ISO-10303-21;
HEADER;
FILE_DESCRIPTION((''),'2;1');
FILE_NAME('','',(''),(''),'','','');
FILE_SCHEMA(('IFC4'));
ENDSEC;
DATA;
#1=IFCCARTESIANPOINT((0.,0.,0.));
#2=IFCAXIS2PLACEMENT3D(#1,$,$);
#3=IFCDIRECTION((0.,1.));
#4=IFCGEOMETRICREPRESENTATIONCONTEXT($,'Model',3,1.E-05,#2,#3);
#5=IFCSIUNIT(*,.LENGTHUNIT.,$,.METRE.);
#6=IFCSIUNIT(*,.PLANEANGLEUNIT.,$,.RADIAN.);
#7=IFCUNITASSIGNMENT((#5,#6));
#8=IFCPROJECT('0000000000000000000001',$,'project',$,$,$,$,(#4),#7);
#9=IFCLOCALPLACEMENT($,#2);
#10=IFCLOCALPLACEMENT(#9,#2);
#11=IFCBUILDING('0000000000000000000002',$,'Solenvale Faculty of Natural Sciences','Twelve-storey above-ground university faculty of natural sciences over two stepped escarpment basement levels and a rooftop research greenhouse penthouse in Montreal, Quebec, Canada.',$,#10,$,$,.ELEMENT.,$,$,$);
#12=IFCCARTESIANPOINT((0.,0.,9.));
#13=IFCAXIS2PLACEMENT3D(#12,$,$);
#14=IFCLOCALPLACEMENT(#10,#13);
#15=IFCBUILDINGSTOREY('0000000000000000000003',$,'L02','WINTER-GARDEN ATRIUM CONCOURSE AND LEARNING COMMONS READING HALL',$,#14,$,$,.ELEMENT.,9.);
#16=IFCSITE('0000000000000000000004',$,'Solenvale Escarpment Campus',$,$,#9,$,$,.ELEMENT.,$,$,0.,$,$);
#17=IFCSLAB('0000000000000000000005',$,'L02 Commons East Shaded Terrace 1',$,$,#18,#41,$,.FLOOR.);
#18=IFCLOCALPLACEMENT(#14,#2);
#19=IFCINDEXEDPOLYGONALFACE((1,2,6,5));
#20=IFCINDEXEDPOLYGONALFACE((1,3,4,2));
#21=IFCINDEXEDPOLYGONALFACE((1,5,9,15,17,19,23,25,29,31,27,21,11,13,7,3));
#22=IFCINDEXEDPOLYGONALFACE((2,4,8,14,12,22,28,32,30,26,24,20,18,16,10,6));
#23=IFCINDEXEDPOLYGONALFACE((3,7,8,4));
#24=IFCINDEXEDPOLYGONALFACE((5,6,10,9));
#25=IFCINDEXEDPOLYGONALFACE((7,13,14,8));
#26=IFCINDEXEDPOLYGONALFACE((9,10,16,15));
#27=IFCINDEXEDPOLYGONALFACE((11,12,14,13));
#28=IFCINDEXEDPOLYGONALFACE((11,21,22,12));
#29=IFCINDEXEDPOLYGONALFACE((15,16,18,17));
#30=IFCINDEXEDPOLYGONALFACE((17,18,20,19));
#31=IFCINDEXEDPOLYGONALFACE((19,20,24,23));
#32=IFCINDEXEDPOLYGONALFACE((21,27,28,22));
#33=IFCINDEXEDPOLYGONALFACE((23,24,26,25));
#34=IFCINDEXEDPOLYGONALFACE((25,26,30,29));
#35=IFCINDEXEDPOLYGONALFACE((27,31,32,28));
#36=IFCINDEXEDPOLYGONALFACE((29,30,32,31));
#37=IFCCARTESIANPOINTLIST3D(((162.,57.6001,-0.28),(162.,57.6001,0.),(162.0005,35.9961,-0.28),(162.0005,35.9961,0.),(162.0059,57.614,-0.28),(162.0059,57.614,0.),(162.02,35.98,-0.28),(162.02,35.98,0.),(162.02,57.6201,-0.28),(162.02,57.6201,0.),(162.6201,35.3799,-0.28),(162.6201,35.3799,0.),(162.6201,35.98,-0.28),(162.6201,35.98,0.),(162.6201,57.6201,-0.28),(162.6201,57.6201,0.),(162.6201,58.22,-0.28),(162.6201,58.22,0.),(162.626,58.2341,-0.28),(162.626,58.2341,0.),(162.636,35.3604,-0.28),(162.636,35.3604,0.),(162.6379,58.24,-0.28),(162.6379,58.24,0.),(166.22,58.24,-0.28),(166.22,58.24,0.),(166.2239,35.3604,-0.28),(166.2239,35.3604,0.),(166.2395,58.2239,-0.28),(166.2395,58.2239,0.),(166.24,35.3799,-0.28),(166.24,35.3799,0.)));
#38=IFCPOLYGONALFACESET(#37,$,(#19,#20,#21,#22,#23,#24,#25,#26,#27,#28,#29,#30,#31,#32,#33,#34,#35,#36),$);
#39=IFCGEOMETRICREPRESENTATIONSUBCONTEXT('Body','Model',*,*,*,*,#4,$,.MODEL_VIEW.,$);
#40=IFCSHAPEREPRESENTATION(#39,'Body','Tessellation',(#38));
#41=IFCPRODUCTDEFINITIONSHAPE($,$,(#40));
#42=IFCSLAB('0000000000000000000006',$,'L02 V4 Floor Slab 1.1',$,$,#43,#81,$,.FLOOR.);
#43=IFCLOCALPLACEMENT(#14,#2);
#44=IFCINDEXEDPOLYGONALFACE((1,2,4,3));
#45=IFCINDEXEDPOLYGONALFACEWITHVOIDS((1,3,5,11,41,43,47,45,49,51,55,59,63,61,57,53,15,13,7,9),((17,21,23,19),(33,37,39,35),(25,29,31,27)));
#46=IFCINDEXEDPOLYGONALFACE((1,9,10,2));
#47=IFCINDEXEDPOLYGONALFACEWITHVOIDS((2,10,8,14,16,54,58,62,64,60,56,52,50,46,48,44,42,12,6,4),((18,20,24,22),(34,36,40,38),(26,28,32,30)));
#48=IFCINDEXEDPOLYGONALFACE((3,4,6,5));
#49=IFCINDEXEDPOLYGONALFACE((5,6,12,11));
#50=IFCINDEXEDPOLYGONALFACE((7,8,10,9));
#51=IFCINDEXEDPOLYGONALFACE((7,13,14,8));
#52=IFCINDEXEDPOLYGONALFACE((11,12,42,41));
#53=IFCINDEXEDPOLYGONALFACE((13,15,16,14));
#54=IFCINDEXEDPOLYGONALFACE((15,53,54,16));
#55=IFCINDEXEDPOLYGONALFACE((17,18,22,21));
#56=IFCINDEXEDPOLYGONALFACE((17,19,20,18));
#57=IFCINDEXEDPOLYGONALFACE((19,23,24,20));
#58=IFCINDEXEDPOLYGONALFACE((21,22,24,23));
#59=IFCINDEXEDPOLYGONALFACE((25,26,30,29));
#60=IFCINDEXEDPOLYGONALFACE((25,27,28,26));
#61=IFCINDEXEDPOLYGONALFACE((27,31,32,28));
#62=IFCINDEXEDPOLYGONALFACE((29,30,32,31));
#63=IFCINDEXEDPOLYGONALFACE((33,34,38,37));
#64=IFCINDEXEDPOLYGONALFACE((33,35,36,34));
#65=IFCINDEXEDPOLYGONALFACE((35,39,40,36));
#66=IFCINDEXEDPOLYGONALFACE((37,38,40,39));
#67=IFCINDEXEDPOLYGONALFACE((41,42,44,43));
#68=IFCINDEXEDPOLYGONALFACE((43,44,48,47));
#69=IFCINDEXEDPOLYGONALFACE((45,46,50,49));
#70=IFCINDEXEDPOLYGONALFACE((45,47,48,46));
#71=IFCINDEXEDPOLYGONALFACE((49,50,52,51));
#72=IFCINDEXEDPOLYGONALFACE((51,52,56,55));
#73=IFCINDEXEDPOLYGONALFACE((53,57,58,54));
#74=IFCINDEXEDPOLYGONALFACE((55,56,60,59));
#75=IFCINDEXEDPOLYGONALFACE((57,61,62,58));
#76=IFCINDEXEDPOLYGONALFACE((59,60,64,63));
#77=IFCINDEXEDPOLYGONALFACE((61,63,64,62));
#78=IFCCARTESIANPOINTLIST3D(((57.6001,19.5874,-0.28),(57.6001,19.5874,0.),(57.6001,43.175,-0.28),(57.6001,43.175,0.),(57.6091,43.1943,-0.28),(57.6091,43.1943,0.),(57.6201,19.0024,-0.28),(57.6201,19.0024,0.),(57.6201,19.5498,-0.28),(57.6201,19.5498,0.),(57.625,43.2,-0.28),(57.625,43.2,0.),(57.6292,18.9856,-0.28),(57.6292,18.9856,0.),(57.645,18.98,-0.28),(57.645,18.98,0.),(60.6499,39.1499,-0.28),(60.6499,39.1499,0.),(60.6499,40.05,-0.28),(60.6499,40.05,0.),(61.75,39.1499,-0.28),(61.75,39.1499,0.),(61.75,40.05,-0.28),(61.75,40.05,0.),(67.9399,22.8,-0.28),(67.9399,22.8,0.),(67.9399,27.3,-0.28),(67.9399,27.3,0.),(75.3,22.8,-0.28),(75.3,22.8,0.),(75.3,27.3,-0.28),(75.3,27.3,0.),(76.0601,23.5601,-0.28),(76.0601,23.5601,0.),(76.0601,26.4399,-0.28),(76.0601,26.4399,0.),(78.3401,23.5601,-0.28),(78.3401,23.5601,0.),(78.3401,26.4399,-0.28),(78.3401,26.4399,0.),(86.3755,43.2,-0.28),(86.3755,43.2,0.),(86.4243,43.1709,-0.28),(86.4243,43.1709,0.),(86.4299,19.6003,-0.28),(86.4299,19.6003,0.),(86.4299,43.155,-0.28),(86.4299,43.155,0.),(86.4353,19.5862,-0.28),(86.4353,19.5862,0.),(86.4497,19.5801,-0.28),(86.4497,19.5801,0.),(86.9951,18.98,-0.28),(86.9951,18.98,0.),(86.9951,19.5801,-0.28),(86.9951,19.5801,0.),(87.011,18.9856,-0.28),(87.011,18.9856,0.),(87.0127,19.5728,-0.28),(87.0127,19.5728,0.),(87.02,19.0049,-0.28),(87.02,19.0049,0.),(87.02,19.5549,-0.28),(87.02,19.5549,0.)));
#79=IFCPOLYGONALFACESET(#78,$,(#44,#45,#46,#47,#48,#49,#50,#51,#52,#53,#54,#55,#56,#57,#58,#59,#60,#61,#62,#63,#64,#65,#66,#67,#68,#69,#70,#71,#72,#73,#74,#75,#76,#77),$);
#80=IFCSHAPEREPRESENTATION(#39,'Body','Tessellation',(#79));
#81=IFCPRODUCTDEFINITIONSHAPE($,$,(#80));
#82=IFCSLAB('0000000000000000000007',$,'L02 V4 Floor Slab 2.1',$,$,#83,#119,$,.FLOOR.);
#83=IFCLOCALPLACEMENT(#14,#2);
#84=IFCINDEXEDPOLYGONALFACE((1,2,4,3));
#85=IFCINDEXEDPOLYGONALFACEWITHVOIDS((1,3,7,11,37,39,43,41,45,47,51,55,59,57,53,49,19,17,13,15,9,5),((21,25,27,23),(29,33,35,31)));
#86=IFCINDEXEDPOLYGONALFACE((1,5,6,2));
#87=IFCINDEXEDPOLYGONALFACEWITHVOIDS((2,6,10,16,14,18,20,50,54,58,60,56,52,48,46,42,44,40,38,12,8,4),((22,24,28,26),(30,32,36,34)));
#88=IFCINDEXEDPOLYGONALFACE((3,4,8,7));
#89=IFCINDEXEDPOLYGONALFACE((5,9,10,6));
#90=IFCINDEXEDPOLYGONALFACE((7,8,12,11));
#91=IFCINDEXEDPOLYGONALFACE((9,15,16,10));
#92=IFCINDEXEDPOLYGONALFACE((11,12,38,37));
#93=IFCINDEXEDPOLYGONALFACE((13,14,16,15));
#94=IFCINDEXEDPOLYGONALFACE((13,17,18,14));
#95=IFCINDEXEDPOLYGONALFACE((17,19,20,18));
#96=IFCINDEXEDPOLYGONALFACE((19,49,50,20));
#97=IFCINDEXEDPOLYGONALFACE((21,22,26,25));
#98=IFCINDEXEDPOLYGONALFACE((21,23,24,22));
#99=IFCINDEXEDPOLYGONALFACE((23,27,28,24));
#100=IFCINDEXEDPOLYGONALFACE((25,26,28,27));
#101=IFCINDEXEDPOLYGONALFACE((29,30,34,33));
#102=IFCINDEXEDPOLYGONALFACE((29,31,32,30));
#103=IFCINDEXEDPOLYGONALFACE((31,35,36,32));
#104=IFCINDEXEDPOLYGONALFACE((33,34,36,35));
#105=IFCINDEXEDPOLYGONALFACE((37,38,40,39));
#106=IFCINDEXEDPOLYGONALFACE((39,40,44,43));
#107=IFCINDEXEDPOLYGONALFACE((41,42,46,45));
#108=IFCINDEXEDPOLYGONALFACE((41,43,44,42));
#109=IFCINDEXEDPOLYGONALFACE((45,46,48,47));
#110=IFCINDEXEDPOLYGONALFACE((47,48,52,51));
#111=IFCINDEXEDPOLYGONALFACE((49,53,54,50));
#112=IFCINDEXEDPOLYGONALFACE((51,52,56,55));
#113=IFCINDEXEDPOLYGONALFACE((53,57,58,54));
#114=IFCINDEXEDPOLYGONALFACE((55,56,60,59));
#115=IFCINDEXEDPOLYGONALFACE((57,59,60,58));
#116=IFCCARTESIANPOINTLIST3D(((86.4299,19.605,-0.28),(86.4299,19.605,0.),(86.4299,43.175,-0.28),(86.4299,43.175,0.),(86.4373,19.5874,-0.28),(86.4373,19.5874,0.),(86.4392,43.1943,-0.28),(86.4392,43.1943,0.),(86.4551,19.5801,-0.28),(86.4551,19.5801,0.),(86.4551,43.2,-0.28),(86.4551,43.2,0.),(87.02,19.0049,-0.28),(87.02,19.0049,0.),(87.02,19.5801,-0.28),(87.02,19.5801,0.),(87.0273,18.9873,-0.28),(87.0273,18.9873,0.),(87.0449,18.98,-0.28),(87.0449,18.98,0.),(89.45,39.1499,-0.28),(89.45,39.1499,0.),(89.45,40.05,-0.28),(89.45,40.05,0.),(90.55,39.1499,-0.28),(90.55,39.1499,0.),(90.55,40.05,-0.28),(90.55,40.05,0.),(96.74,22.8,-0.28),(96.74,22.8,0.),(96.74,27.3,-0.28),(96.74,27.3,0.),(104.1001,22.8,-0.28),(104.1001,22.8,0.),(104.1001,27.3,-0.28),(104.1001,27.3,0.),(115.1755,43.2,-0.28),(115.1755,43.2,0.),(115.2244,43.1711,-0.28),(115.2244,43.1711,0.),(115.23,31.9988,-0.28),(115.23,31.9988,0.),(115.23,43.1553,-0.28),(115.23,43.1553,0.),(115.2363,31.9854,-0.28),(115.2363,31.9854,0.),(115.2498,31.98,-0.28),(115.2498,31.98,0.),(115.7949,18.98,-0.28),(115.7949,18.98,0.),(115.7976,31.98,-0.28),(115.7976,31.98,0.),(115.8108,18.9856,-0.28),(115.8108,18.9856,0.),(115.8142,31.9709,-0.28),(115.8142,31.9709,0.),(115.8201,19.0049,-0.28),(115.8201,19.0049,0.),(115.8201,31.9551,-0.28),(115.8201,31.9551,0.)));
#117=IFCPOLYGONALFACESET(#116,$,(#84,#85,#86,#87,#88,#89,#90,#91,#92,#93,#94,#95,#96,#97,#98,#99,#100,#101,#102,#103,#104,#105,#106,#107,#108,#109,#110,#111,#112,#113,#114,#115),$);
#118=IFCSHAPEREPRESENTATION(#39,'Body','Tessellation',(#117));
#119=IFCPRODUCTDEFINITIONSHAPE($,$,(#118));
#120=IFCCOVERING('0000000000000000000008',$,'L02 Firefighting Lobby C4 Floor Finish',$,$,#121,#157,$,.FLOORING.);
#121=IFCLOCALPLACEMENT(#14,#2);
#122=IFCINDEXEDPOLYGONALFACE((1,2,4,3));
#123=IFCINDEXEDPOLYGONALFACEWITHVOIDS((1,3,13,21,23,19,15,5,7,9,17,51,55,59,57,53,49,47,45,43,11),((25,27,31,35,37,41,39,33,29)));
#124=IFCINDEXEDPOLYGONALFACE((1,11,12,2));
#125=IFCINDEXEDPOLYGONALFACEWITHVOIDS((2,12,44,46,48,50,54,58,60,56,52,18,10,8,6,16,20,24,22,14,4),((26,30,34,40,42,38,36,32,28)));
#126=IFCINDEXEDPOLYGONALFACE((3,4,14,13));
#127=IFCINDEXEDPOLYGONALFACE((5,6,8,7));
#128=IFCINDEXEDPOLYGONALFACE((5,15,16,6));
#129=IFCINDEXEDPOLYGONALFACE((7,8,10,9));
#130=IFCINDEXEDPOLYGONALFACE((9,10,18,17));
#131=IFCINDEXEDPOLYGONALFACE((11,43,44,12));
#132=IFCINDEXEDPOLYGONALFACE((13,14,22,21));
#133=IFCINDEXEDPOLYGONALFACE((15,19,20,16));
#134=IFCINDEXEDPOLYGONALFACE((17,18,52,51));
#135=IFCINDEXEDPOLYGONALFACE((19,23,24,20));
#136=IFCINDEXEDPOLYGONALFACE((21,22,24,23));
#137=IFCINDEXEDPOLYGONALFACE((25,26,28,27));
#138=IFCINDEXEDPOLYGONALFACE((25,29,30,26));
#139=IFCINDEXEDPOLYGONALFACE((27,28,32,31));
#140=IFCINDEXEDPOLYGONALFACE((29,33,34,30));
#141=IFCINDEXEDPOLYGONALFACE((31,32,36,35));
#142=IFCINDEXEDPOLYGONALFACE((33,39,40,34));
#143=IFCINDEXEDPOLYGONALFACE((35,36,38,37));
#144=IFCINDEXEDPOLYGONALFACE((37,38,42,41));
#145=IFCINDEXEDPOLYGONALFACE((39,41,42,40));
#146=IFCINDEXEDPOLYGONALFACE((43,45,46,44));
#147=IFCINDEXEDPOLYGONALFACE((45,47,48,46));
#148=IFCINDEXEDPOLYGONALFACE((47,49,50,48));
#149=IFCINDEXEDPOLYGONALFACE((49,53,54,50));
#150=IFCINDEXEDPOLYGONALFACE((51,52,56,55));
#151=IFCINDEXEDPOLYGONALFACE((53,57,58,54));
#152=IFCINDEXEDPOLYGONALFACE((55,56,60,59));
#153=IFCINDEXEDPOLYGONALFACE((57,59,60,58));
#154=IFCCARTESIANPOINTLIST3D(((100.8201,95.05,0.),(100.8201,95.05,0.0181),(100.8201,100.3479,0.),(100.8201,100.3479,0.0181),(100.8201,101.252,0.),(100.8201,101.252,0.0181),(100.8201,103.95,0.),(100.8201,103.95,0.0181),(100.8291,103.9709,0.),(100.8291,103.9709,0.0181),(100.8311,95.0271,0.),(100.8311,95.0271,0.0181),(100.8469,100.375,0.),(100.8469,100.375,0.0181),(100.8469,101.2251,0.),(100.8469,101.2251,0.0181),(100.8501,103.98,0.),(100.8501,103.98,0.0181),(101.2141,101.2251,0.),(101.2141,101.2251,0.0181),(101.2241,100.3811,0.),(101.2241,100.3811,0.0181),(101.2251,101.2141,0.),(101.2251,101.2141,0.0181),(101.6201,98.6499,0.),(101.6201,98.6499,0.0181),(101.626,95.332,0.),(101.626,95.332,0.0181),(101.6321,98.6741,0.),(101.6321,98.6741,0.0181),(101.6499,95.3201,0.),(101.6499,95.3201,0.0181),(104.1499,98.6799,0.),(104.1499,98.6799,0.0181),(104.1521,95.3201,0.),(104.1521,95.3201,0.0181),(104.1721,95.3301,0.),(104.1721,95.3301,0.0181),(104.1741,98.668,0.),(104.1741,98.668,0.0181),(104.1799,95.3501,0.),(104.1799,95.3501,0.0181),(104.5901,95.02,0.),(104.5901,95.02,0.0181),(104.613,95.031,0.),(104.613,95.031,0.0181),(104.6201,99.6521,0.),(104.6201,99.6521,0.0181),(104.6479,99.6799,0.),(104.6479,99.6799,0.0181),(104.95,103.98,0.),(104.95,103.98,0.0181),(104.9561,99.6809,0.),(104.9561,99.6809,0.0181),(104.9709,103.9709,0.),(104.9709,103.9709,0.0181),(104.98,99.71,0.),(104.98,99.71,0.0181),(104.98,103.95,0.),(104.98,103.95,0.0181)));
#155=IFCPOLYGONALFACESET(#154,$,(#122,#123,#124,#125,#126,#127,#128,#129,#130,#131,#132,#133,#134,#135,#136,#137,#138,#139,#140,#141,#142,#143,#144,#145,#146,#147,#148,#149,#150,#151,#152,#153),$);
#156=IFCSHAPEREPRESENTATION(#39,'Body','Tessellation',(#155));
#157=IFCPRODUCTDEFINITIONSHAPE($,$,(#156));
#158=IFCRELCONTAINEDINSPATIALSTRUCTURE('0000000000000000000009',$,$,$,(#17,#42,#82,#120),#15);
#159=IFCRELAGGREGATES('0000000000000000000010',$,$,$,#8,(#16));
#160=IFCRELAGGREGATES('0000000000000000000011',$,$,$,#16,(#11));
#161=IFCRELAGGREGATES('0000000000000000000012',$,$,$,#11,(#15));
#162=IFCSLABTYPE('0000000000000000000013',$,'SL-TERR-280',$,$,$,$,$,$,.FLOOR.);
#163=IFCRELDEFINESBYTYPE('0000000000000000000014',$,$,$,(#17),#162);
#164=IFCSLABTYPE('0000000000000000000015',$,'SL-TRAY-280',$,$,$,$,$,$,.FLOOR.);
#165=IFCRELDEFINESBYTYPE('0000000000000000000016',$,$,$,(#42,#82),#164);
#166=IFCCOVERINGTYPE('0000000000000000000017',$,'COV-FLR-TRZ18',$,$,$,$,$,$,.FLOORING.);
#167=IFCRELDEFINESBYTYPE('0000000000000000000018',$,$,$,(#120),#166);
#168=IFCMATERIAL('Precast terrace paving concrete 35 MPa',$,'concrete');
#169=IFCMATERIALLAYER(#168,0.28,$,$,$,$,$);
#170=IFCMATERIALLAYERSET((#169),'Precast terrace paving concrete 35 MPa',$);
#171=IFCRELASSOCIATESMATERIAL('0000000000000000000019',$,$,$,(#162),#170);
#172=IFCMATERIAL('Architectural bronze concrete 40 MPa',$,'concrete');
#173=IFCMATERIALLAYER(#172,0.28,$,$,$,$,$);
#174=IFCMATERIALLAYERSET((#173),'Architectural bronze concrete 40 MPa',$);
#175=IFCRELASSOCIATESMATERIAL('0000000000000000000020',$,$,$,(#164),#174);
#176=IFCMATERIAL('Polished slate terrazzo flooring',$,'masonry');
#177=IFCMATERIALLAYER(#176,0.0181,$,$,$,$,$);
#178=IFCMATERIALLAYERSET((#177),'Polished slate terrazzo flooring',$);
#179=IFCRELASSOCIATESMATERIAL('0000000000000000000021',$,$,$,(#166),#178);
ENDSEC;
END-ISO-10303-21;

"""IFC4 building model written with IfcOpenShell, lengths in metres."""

from ifc_helpers import new_model, si_unit, direction, frame, origin, place, context, subcontext, project, spatial, polyline, outline, extrude, material, layer, layer_set, type_object, element, save


model = new_model("IFC4")

# Units and contexts
model_context = context("Model", 3, precision=1e-05, world=origin(), true_north=direction((0.0, 1.0)))
body_context = subcontext(model_context, "Body", "Model", "MODEL_VIEW")
ifc_project = project(units=[si_unit("LENGTHUNIT", "METRE"), si_unit("PLANEANGLEUNIT", "RADIAN")], contexts=[model_context])

# Site, building, storey
site_placement = place(None, origin())
site = spatial("IfcSite", under=ifc_project, at=site_placement, Name="Solenvale Escarpment Campus", CompositionType="ELEMENT", RefElevation=0.0)
building_placement = place(site_placement, origin())
building = spatial("IfcBuilding", under=site, at=building_placement, Name="Solenvale Faculty of Natural Sciences", Description="Twelve-storey above-ground university faculty of natural sciences over two stepped escarpment basement levels and a rooftop research greenhouse penthouse in Montreal, Quebec, Canada.", CompositionType="ELEMENT")
storey_placement = place(building_placement, frame((0.0, 0.0, 9.0)))
storey = spatial("IfcBuildingStorey", under=building, at=storey_placement, Name="L02", Description="WINTER-GARDEN ATRIUM CONCOURSE AND LEARNING COMMONS READING HALL", CompositionType="ELEMENT", Elevation=9.0)

# Slabs
ifc_material_1 = material(Name="Precast terrace paving concrete 35 MPa", Category="concrete")
ifc_layer_1 = layer(ifc_material_1, 0.28)
ifc_layer_set_1 = layer_set([ifc_layer_1], Name="Precast terrace paving concrete 35 MPa")
slab_type_1 = type_object("IfcSlabType", Name="SL-TERR-280", PredefinedType="FLOOR", material=ifc_layer_set_1)
slab_1_placement = place(storey_placement, frame((0.0, 0.0, -0.28)))
element("IfcSlab", 1, at=slab_1_placement, inside=storey, type_object=slab_type_1, Name="L02 Commons East Shaded Terrace 1", PredefinedType="FLOOR", context=body_context, shape_type="SweptSolid", body=[
    extrude(outline(polyline([(162.0, 57.6001), (162.0059, 57.614), (162.02, 57.6201), (162.6201, 57.6201), (162.6201, 58.22), (162.626, 58.2341), (162.6379, 58.24), (166.22, 58.24), (166.2395, 58.2239), (166.24, 35.3799), (166.2239, 35.3604), (162.636, 35.3604), (162.6201, 35.3799), (162.6201, 35.98), (162.02, 35.98), (162.0005, 35.9961), (162.0, 57.6001)])), origin(), (0.0, 0.0, 1.0), 0.28),
])
ifc_material_2 = material(Name="Architectural bronze concrete 40 MPa", Category="concrete")
ifc_layer_2 = layer(ifc_material_2, 0.28)
ifc_layer_set_2 = layer_set([ifc_layer_2], Name="Architectural bronze concrete 40 MPa")
slab_type_2 = type_object("IfcSlabType", Name="SL-TRAY-280", PredefinedType="FLOOR", material=ifc_layer_set_2)
slab_2_placement = place(storey_placement, frame((0.0, 0.0, -0.28)))
element("IfcSlab", 2, at=slab_2_placement, inside=storey, type_object=slab_type_2, Name="L02 V4 Floor Slab 1.1", PredefinedType="FLOOR", context=body_context, shape_type="SweptSolid", body=[
    extrude(outline(polyline([(57.6201, 19.5498), (57.6001, 19.5874), (57.6001, 43.175), (57.6091, 43.1943), (57.625, 43.2), (86.3755, 43.2), (86.4243, 43.1709), (86.4299, 43.155), (86.4299, 19.6003), (86.4353, 19.5862), (86.4497, 19.5801), (86.9951, 19.5801), (87.0127, 19.5728), (87.02, 19.5549), (87.02, 19.0049), (87.011, 18.9856), (86.9951, 18.98), (57.645, 18.98), (57.6292, 18.9856), (57.6201, 19.0024), (57.6201, 19.5498)]), holes=[polyline([(76.0601, 23.5601), (78.3401, 23.5601), (78.3401, 26.4399), (76.0601, 26.4399), (76.0601, 23.5601)]), polyline([(67.9399, 22.8), (75.3, 22.8), (75.3, 27.3), (67.9399, 27.3), (67.9399, 22.8)]), polyline([(60.6499, 39.1499), (61.75, 39.1499), (61.75, 40.05), (60.6499, 40.05), (60.6499, 39.1499)])]), origin(), (0.0, 0.0, 1.0), 0.28),
])
slab_3_placement = place(storey_placement, frame((0.0, 0.0, -0.28)))
element("IfcSlab", 3, at=slab_3_placement, inside=storey, type_object=slab_type_2, Name="L02 V4 Floor Slab 2.1", PredefinedType="FLOOR", context=body_context, shape_type="SweptSolid", body=[
    extrude(outline(polyline([(86.4551, 19.5801), (86.4373, 19.5874), (86.4299, 19.605), (86.4299, 43.175), (86.4392, 43.1943), (86.4551, 43.2), (115.1755, 43.2), (115.2244, 43.1711), (115.23, 43.1553), (115.23, 31.9988), (115.2363, 31.9854), (115.2498, 31.98), (115.7976, 31.98), (115.8142, 31.9709), (115.8201, 31.9551), (115.8201, 19.0049), (115.8108, 18.9856), (115.7949, 18.98), (87.0449, 18.98), (87.0273, 18.9873), (87.02, 19.0049), (87.02, 19.5801), (86.4551, 19.5801)]), holes=[polyline([(96.74, 22.8), (104.1001, 22.8), (104.1001, 27.3), (96.74, 27.3), (96.74, 22.8)]), polyline([(89.45, 39.1499), (90.55, 39.1499), (90.55, 40.05), (89.45, 40.05), (89.45, 39.1499)])]), origin(), (0.0, 0.0, 1.0), 0.28),
])

# Covering
ifc_material_3 = material(Name="Polished slate terrazzo flooring", Category="masonry")
ifc_layer_3 = layer(ifc_material_3, 0.0181)
ifc_layer_set_3 = layer_set([ifc_layer_3], Name="Polished slate terrazzo flooring")
covering_type_1 = type_object("IfcCoveringType", Name="COV-FLR-TRZ18", PredefinedType="FLOORING", material=ifc_layer_set_3)
covering_1_placement = place(storey_placement, origin())
element("IfcCovering", 4, at=covering_1_placement, inside=storey, type_object=covering_type_1, Name="L02 Firefighting Lobby C4 Floor Finish", PredefinedType="FLOORING", context=body_context, shape_type="SweptSolid", body=[
    extrude(outline(polyline([(104.98, 99.71), (104.9561, 99.6809), (104.6479, 99.6799), (104.6201, 99.6521), (104.613, 95.031), (104.5901, 95.02), (100.8311, 95.0271), (100.8201, 95.05), (100.8201, 100.3479), (100.8469, 100.375), (101.2241, 100.3811), (101.2251, 101.2141), (101.2141, 101.2251), (100.8469, 101.2251), (100.8201, 101.252), (100.8201, 103.95), (100.8291, 103.9709), (100.8501, 103.98), (104.95, 103.98), (104.9709, 103.9709), (104.98, 103.95), (104.98, 99.71)]), holes=[polyline([(104.1521, 95.3201), (104.1721, 95.3301), (104.1799, 95.3501), (104.1741, 98.668), (104.1499, 98.6799), (101.6321, 98.6741), (101.6201, 98.6499), (101.626, 95.332), (101.6499, 95.3201), (104.1521, 95.3201)])]), origin(), (0.0, 0.0, 1.0), 0.0181),
])

save(model, "model.ifc")
